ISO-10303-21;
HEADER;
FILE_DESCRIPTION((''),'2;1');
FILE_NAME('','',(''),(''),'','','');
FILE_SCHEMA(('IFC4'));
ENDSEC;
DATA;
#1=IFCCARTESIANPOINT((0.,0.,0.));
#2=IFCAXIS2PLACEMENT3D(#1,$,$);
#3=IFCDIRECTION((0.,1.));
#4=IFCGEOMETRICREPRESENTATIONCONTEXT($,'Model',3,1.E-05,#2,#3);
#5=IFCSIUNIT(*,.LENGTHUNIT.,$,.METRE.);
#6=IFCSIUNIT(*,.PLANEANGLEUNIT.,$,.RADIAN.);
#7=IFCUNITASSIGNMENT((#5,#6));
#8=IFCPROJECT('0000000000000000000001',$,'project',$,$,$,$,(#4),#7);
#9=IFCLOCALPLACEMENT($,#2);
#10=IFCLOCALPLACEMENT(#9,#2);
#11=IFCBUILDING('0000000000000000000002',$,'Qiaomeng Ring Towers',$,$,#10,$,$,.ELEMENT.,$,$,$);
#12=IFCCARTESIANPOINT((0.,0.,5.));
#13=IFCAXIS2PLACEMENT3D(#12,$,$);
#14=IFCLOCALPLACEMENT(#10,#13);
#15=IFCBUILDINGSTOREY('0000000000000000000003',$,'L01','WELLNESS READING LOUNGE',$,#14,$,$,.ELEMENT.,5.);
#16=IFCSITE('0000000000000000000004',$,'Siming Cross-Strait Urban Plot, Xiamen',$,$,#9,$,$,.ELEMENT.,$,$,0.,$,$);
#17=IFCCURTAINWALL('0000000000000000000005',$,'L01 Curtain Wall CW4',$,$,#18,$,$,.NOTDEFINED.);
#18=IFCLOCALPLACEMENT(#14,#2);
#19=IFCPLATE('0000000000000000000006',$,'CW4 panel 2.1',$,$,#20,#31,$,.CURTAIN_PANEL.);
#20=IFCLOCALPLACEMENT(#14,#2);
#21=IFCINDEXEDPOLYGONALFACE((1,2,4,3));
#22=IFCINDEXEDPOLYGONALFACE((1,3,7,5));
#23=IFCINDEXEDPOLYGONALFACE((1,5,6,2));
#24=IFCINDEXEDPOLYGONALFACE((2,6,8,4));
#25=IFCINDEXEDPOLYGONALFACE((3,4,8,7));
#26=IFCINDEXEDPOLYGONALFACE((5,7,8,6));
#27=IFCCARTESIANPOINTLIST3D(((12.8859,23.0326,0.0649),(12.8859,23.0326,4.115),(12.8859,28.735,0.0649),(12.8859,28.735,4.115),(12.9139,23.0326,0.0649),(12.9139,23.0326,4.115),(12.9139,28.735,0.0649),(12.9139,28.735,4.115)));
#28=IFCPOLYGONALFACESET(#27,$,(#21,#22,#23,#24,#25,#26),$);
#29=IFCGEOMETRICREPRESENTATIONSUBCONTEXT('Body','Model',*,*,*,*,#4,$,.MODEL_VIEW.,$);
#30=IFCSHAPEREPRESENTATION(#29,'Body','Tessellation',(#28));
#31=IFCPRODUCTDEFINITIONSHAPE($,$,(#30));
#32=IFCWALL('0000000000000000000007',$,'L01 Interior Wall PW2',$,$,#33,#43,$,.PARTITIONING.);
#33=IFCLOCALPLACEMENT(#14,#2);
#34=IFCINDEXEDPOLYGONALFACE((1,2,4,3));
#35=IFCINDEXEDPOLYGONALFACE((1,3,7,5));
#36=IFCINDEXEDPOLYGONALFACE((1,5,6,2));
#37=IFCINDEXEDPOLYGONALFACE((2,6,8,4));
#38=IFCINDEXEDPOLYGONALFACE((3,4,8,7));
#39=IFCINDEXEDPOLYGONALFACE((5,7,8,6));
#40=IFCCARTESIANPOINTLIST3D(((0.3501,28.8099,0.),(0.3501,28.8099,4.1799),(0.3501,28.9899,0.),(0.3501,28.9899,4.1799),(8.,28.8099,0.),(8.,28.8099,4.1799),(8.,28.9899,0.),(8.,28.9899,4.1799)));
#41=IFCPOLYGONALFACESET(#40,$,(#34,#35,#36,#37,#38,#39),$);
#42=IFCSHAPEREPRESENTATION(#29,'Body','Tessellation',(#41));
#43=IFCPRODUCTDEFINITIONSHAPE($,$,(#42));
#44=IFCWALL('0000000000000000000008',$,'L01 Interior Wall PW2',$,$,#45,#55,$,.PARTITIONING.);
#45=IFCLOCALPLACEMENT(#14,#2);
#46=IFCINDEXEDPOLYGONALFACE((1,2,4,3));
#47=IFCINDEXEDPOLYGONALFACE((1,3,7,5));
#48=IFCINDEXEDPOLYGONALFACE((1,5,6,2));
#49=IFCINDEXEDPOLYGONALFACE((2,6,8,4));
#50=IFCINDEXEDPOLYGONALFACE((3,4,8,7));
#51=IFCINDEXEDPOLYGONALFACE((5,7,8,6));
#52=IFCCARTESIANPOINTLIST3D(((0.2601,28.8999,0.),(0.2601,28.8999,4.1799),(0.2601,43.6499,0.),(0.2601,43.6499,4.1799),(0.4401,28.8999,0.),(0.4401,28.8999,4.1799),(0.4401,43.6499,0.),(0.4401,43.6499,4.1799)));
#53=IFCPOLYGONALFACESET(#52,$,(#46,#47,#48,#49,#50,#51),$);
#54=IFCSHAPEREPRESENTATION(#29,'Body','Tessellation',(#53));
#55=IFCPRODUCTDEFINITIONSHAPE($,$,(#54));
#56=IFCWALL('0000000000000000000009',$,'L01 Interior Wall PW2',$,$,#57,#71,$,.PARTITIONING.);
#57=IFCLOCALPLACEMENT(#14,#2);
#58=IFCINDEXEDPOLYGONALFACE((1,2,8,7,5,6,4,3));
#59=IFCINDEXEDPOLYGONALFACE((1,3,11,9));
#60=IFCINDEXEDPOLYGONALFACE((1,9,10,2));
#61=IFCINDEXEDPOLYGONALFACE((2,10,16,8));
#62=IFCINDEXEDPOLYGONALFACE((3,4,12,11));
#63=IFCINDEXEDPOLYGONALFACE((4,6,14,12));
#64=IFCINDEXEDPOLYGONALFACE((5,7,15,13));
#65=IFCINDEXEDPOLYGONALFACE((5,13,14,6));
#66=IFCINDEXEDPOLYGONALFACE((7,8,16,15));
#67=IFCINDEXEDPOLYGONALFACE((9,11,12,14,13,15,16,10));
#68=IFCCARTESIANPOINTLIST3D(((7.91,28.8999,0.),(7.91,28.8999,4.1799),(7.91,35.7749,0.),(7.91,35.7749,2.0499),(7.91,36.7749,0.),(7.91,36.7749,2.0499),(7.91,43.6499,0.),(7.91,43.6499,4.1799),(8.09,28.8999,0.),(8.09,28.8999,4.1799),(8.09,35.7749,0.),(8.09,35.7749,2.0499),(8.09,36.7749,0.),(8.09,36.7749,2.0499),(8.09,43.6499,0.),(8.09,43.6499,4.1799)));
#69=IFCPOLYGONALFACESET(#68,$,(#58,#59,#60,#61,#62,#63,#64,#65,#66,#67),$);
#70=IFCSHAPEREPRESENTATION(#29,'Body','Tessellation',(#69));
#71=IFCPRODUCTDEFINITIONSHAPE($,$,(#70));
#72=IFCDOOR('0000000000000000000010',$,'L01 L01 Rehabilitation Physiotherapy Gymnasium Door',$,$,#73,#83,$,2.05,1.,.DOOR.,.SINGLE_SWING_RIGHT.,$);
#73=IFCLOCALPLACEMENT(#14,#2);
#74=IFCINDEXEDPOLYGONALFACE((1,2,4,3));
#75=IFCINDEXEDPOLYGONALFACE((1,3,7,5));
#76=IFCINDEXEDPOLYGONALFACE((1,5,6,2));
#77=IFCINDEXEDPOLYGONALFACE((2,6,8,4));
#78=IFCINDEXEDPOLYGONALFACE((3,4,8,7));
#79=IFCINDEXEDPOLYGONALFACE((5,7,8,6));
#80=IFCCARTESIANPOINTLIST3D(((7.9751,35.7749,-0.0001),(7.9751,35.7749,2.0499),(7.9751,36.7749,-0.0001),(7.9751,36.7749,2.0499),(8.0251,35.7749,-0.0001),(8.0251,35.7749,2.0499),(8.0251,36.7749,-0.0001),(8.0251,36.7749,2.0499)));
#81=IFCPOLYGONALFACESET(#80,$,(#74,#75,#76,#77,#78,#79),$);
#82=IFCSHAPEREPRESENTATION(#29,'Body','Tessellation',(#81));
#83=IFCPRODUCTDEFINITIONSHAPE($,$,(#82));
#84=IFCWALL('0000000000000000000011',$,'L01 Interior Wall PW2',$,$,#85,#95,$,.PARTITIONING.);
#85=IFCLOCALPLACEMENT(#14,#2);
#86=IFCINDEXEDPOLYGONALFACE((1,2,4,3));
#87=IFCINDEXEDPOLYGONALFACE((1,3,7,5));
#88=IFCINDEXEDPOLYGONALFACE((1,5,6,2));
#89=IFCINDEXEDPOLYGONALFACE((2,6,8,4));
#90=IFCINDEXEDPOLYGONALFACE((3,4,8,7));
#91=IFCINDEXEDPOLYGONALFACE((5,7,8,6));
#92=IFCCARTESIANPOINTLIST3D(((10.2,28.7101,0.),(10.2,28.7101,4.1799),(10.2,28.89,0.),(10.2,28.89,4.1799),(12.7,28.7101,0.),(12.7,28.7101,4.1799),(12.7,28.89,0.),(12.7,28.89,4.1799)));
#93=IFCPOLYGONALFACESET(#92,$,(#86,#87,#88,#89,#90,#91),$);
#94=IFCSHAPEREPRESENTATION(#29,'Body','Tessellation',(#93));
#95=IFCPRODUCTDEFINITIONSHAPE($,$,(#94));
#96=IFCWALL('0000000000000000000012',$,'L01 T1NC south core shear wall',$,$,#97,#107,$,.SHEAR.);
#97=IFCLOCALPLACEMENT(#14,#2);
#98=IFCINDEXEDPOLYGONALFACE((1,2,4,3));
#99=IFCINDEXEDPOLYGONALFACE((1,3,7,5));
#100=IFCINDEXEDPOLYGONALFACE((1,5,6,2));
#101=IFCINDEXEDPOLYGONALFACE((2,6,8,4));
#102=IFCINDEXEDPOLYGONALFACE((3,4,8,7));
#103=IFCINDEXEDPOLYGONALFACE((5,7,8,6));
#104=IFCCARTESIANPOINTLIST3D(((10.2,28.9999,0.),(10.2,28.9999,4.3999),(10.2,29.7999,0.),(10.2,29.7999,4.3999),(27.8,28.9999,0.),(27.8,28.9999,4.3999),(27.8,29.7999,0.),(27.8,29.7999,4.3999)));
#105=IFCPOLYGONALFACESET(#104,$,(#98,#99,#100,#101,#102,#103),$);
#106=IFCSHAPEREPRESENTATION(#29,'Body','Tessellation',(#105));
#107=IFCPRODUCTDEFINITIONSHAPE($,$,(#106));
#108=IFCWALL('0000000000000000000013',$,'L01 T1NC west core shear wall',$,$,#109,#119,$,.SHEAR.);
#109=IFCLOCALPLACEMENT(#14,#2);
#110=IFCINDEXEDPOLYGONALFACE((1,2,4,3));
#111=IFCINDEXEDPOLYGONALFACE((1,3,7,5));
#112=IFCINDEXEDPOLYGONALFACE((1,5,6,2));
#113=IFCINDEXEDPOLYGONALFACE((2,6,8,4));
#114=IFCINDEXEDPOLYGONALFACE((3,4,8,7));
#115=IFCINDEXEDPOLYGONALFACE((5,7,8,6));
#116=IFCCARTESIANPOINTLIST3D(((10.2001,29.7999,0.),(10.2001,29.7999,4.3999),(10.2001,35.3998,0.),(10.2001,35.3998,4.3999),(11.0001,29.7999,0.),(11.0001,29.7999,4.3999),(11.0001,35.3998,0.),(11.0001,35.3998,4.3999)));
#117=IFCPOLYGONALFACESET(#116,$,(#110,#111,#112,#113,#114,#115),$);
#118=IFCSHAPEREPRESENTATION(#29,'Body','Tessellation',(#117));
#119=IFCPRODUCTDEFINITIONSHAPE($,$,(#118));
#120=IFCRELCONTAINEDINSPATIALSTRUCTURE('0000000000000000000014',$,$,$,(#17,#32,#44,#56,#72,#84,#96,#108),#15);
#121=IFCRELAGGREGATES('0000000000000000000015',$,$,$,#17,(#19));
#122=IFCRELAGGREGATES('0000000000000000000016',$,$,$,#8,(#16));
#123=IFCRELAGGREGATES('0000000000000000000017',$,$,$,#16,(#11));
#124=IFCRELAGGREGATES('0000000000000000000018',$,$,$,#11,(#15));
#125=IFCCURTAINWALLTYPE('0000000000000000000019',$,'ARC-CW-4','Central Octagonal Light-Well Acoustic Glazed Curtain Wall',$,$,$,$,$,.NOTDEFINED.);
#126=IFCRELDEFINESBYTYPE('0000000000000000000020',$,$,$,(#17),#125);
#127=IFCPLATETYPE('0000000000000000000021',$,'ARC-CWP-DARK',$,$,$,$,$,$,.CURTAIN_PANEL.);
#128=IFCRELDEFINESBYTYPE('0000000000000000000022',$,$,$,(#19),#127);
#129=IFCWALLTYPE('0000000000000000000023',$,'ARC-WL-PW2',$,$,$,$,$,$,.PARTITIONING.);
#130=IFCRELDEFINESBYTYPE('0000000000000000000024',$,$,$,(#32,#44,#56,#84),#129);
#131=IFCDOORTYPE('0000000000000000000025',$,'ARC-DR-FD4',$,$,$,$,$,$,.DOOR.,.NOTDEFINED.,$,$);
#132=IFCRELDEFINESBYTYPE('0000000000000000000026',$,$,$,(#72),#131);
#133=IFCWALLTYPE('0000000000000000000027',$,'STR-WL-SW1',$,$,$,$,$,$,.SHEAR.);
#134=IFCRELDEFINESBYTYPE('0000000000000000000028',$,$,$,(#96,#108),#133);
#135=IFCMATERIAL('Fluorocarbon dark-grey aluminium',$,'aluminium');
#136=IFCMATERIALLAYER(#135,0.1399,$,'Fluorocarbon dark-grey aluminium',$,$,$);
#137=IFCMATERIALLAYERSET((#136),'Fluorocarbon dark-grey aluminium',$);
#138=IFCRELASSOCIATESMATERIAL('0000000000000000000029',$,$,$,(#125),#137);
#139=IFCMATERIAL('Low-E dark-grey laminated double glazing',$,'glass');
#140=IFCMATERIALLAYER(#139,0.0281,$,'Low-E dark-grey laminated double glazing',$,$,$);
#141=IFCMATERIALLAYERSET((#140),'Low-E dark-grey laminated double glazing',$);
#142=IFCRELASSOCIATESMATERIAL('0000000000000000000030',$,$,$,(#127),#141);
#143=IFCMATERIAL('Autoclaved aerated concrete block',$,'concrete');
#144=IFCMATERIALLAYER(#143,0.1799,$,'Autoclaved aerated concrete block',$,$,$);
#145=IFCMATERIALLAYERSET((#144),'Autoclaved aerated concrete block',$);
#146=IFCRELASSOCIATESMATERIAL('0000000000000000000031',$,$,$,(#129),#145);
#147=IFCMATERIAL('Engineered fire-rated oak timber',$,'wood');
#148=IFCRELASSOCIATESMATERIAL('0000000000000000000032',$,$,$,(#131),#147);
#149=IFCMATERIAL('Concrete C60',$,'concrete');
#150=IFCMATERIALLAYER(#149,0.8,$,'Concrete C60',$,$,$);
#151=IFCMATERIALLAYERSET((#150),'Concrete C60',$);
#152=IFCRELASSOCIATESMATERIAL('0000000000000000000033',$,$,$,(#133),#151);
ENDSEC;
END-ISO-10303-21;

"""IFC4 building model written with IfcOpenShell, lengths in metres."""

from ifc_helpers import new_model, si_unit, direction, frame, frame_2d, origin, origin_2d, place, context, subcontext, project, spatial, rectangle, extrude, source, transform, mapped, material, layer, layer_set, type_object, element, fill, aggregate, save


model = new_model("IFC4")

# Units and contexts
model_context = context("Model", 3, precision=1e-05, world=origin(), true_north=direction((0.0, 1.0)))
body_context = subcontext(model_context, "Body", "Model", "MODEL_VIEW")
ifc_project = project(units=[si_unit("LENGTHUNIT", "METRE"), si_unit("PLANEANGLEUNIT", "RADIAN")], contexts=[model_context])

# Site, building, storey
site_placement = place(None, origin())
site = spatial("IfcSite", under=ifc_project, at=site_placement, Name="Siming Cross-Strait Urban Plot, Xiamen", CompositionType="ELEMENT", RefElevation=0.0)
building_placement = place(site_placement, origin())
building = spatial("IfcBuilding", under=site, at=building_placement, Name="Qiaomeng Ring Towers", CompositionType="ELEMENT")
storey_placement = place(building_placement, frame((0.0, 0.0, 5.0)))
storey = spatial("IfcBuildingStorey", under=building, at=storey_placement, Name="L01", Description="WELLNESS READING LOUNGE", CompositionType="ELEMENT", Elevation=5.0)

# Shared definitions
ifc_material_1 = material(Name="Concrete C60", Category="concrete")

# Shared definitions
ifc_material_2 = material(Name="Fluorocarbon dark-grey aluminium", Category="aluminium")

# Curtain wall
ifc_layer_1 = layer(ifc_material_2, 0.1399, Name="Fluorocarbon dark-grey aluminium")
ifc_layer_set_1 = layer_set([ifc_layer_1], Name="Fluorocarbon dark-grey aluminium")
curtain_wall_type_1 = type_object("IfcCurtainWallType", Name="ARC-CW-4", Description="Central Octagonal Light-Well Acoustic Glazed Curtain Wall", PredefinedType="NOTDEFINED", material=ifc_layer_set_1)
curtain_wall_1_placement = place(storey_placement, origin())
curtain_wall_1 = element("IfcCurtainWall", 1, at=curtain_wall_1_placement, inside=storey, type_object=curtain_wall_type_1, Name="L01 Curtain Wall CW4", PredefinedType="NOTDEFINED")

# Plate
ifc_material_3 = material(Name="Low-E dark-grey laminated double glazing", Category="glass")
ifc_layer_2 = layer(ifc_material_3, 0.0281, Name="Low-E dark-grey laminated double glazing")
ifc_layer_set_2 = layer_set([ifc_layer_2], Name="Low-E dark-grey laminated double glazing")
plate_type_1 = type_object("IfcPlateType", Name="ARC-CWP-DARK", PredefinedType="CURTAIN_PANEL", material=ifc_layer_set_2)
shared_shape_1 = source(origin(), body_context, "Body", "SweptSolid", [
    extrude(rectangle(XDim=5.7024, YDim=0.0281, at=origin_2d()), origin(), (0.0, 0.0, 1.0), 4.05),
])
plate_1_placement = place(storey_placement, frame((12.8999, 25.8838, 0.0649), z_axis=(0.0, 0.0, 1.0), x_axis=(0.0, 1.0, 0.0)))
plate_1 = element("IfcPlate", 2, at=plate_1_placement, type_object=plate_type_1, Name="CW4 panel 2.1", PredefinedType="CURTAIN_PANEL", context=body_context, shape_type="MappedRepresentation", body=[
    mapped(shared_shape_1, transform((0.0, 0.0, 0.0), x_axis=(1.0, 0.0, 0.0), y_axis=(0.0, 1.0, 0.0), z_axis=(0.0, 0.0, 1.0), scale=1.0)),
])
aggregate(curtain_wall_1, [plate_1])

# Walls
ifc_material_4 = material(Name="Autoclaved aerated concrete block", Category="concrete")
ifc_layer_3 = layer(ifc_material_4, 0.1799, Name="Autoclaved aerated concrete block")
ifc_layer_set_3 = layer_set([ifc_layer_3], Name="Autoclaved aerated concrete block")
wall_type_1 = type_object("IfcWallType", Name="ARC-WL-PW2", PredefinedType="PARTITIONING", material=ifc_layer_set_3)
wall_1_placement = place(storey_placement, frame((0.3501, 28.8999, 0.0), z_axis=(0.0, 0.0, 1.0), x_axis=(1.0, 0.0, 0.0)))
element("IfcWall", 3, at=wall_1_placement, inside=storey, type_object=wall_type_1, Name="L01 Interior Wall PW2", PredefinedType="PARTITIONING", context=body_context, shape_type="SweptSolid", body=[
    extrude(rectangle(XDim=7.6499, YDim=0.1799, at=frame_2d((3.825, 0.0))), origin(), (0.0, 0.0, 1.0), 4.1799),
])
wall_2_placement = place(storey_placement, frame((0.3501, 28.8999, 0.0), z_axis=(0.0, 0.0, 1.0), x_axis=(0.0, 1.0, 0.0)))
element("IfcWall", 4, at=wall_2_placement, inside=storey, type_object=wall_type_1, Name="L01 Interior Wall PW2", PredefinedType="PARTITIONING", context=body_context, shape_type="SweptSolid", body=[
    extrude(rectangle(XDim=14.75, YDim=0.1799, at=frame_2d((7.375, 0.0))), origin(), (0.0, 0.0, 1.0), 4.1799),
])

# Wall, opening, door
wall_3_placement = place(storey_placement, frame((8.0, 28.8999, 0.0), z_axis=(0.0, 0.0, 1.0), x_axis=(0.0, 1.0, 0.0)))
wall_3 = element("IfcWall", 5, at=wall_3_placement, inside=storey, type_object=wall_type_1, Name="L01 Interior Wall PW2", PredefinedType="PARTITIONING", context=body_context, shape_type="SweptSolid", body=[
    extrude(rectangle(XDim=14.75, YDim=0.1799, at=frame_2d((7.375, 0.0))), origin(), (0.0, 0.0, 1.0), 4.1799),
])
opening_placement = place(wall_3_placement, frame((6.875, 0.0, 0.0)))
opening = element("IfcOpeningElement", 6, at=opening_placement, cuts=wall_3, PredefinedType="OPENING", context=body_context, shape_type="SweptSolid", body=[
    extrude(rectangle(XDim=1.0, YDim=2.05, at=frame_2d((0.5, 1.0249))), frame((0.0, 0.0999, 0.0), z_axis=(0.0, -1.0, 0.0), x_axis=(1.0, 0.0, 0.0)), (0.0, 0.0, 1.0), 0.2),
])
ifc_material_5 = material(Name="Engineered fire-rated oak timber", Category="wood")
door_type = type_object("IfcDoorType", Name="ARC-DR-FD4", OperationType="NOTDEFINED", PredefinedType="DOOR", material=ifc_material_5)
shared_shape_2 = source(origin(), body_context, "Body", "SweptSolid", [
    extrude(rectangle(XDim=1.0, YDim=2.05, at=frame_2d((0.5, 1.0249))), frame((0.0, 0.0249, 0.0), z_axis=(0.0, -1.0, 0.0), x_axis=(1.0, 0.0, 0.0)), (0.0, 0.0, 1.0), 0.05),
])
door_placement = place(opening_placement, origin())
door = element("IfcDoor", 7, at=door_placement, inside=storey, type_object=door_type, Name="L01 L01 Rehabilitation Physiotherapy Gymnasium Door", OperationType="SINGLE_SWING_RIGHT", OverallHeight=2.05, OverallWidth=1.0, PredefinedType="DOOR", context=body_context, shape_type="MappedRepresentation", body=[
    mapped(shared_shape_2, transform((0.0, 0.0, 0.0), x_axis=(1.0, 0.0, 0.0), y_axis=(0.0, 1.0, 0.0), z_axis=(0.0, 0.0, 1.0), scale=1.0)),
])
fill(opening, door)

# Walls
wall_4_placement = place(storey_placement, frame((10.2, 28.8, 0.0), z_axis=(0.0, 0.0, 1.0), x_axis=(1.0, 0.0, 0.0)))
element("IfcWall", 8, at=wall_4_placement, inside=storey, type_object=wall_type_1, Name="L01 Interior Wall PW2", PredefinedType="PARTITIONING", context=body_context, shape_type="SweptSolid", body=[
    extrude(rectangle(XDim=2.5, YDim=0.1799, at=frame_2d((1.25, 0.0))), origin(), (0.0, 0.0, 1.0), 4.1799),
])
ifc_layer_4 = layer(ifc_material_1, 0.8, Name="Concrete C60")
ifc_layer_set_4 = layer_set([ifc_layer_4], Name="Concrete C60")
wall_type_2 = type_object("IfcWallType", Name="STR-WL-SW1", PredefinedType="SHEAR", material=ifc_layer_set_4)
wall_5_placement = place(storey_placement, frame((10.2, 29.3999, 0.0), z_axis=(0.0, 0.0, 1.0), x_axis=(1.0, 0.0, 0.0)))
element("IfcWall", 9, at=wall_5_placement, inside=storey, type_object=wall_type_2, Name="L01 T1NC south core shear wall", PredefinedType="SHEAR", context=body_context, shape_type="SweptSolid", body=[
    extrude(rectangle(XDim=17.6001, YDim=0.8, at=frame_2d((8.8, 0.0))), origin(), (0.0, 0.0, 1.0), 4.3999),
])
wall_6_placement = place(storey_placement, frame((10.6001, 29.8, 0.0), z_axis=(0.0, 0.0, 1.0), x_axis=(0.0, 1.0, 0.0)))
element("IfcWall", 10, at=wall_6_placement, inside=storey, type_object=wall_type_2, Name="L01 T1NC west core shear wall", PredefinedType="SHEAR", context=body_context, shape_type="SweptSolid", body=[
    extrude(rectangle(XDim=5.5999, YDim=0.8, at=frame_2d((2.7998, 0.0))), origin(), (0.0, 0.0, 1.0), 4.3999),
])

save(model, "model.ifc")
